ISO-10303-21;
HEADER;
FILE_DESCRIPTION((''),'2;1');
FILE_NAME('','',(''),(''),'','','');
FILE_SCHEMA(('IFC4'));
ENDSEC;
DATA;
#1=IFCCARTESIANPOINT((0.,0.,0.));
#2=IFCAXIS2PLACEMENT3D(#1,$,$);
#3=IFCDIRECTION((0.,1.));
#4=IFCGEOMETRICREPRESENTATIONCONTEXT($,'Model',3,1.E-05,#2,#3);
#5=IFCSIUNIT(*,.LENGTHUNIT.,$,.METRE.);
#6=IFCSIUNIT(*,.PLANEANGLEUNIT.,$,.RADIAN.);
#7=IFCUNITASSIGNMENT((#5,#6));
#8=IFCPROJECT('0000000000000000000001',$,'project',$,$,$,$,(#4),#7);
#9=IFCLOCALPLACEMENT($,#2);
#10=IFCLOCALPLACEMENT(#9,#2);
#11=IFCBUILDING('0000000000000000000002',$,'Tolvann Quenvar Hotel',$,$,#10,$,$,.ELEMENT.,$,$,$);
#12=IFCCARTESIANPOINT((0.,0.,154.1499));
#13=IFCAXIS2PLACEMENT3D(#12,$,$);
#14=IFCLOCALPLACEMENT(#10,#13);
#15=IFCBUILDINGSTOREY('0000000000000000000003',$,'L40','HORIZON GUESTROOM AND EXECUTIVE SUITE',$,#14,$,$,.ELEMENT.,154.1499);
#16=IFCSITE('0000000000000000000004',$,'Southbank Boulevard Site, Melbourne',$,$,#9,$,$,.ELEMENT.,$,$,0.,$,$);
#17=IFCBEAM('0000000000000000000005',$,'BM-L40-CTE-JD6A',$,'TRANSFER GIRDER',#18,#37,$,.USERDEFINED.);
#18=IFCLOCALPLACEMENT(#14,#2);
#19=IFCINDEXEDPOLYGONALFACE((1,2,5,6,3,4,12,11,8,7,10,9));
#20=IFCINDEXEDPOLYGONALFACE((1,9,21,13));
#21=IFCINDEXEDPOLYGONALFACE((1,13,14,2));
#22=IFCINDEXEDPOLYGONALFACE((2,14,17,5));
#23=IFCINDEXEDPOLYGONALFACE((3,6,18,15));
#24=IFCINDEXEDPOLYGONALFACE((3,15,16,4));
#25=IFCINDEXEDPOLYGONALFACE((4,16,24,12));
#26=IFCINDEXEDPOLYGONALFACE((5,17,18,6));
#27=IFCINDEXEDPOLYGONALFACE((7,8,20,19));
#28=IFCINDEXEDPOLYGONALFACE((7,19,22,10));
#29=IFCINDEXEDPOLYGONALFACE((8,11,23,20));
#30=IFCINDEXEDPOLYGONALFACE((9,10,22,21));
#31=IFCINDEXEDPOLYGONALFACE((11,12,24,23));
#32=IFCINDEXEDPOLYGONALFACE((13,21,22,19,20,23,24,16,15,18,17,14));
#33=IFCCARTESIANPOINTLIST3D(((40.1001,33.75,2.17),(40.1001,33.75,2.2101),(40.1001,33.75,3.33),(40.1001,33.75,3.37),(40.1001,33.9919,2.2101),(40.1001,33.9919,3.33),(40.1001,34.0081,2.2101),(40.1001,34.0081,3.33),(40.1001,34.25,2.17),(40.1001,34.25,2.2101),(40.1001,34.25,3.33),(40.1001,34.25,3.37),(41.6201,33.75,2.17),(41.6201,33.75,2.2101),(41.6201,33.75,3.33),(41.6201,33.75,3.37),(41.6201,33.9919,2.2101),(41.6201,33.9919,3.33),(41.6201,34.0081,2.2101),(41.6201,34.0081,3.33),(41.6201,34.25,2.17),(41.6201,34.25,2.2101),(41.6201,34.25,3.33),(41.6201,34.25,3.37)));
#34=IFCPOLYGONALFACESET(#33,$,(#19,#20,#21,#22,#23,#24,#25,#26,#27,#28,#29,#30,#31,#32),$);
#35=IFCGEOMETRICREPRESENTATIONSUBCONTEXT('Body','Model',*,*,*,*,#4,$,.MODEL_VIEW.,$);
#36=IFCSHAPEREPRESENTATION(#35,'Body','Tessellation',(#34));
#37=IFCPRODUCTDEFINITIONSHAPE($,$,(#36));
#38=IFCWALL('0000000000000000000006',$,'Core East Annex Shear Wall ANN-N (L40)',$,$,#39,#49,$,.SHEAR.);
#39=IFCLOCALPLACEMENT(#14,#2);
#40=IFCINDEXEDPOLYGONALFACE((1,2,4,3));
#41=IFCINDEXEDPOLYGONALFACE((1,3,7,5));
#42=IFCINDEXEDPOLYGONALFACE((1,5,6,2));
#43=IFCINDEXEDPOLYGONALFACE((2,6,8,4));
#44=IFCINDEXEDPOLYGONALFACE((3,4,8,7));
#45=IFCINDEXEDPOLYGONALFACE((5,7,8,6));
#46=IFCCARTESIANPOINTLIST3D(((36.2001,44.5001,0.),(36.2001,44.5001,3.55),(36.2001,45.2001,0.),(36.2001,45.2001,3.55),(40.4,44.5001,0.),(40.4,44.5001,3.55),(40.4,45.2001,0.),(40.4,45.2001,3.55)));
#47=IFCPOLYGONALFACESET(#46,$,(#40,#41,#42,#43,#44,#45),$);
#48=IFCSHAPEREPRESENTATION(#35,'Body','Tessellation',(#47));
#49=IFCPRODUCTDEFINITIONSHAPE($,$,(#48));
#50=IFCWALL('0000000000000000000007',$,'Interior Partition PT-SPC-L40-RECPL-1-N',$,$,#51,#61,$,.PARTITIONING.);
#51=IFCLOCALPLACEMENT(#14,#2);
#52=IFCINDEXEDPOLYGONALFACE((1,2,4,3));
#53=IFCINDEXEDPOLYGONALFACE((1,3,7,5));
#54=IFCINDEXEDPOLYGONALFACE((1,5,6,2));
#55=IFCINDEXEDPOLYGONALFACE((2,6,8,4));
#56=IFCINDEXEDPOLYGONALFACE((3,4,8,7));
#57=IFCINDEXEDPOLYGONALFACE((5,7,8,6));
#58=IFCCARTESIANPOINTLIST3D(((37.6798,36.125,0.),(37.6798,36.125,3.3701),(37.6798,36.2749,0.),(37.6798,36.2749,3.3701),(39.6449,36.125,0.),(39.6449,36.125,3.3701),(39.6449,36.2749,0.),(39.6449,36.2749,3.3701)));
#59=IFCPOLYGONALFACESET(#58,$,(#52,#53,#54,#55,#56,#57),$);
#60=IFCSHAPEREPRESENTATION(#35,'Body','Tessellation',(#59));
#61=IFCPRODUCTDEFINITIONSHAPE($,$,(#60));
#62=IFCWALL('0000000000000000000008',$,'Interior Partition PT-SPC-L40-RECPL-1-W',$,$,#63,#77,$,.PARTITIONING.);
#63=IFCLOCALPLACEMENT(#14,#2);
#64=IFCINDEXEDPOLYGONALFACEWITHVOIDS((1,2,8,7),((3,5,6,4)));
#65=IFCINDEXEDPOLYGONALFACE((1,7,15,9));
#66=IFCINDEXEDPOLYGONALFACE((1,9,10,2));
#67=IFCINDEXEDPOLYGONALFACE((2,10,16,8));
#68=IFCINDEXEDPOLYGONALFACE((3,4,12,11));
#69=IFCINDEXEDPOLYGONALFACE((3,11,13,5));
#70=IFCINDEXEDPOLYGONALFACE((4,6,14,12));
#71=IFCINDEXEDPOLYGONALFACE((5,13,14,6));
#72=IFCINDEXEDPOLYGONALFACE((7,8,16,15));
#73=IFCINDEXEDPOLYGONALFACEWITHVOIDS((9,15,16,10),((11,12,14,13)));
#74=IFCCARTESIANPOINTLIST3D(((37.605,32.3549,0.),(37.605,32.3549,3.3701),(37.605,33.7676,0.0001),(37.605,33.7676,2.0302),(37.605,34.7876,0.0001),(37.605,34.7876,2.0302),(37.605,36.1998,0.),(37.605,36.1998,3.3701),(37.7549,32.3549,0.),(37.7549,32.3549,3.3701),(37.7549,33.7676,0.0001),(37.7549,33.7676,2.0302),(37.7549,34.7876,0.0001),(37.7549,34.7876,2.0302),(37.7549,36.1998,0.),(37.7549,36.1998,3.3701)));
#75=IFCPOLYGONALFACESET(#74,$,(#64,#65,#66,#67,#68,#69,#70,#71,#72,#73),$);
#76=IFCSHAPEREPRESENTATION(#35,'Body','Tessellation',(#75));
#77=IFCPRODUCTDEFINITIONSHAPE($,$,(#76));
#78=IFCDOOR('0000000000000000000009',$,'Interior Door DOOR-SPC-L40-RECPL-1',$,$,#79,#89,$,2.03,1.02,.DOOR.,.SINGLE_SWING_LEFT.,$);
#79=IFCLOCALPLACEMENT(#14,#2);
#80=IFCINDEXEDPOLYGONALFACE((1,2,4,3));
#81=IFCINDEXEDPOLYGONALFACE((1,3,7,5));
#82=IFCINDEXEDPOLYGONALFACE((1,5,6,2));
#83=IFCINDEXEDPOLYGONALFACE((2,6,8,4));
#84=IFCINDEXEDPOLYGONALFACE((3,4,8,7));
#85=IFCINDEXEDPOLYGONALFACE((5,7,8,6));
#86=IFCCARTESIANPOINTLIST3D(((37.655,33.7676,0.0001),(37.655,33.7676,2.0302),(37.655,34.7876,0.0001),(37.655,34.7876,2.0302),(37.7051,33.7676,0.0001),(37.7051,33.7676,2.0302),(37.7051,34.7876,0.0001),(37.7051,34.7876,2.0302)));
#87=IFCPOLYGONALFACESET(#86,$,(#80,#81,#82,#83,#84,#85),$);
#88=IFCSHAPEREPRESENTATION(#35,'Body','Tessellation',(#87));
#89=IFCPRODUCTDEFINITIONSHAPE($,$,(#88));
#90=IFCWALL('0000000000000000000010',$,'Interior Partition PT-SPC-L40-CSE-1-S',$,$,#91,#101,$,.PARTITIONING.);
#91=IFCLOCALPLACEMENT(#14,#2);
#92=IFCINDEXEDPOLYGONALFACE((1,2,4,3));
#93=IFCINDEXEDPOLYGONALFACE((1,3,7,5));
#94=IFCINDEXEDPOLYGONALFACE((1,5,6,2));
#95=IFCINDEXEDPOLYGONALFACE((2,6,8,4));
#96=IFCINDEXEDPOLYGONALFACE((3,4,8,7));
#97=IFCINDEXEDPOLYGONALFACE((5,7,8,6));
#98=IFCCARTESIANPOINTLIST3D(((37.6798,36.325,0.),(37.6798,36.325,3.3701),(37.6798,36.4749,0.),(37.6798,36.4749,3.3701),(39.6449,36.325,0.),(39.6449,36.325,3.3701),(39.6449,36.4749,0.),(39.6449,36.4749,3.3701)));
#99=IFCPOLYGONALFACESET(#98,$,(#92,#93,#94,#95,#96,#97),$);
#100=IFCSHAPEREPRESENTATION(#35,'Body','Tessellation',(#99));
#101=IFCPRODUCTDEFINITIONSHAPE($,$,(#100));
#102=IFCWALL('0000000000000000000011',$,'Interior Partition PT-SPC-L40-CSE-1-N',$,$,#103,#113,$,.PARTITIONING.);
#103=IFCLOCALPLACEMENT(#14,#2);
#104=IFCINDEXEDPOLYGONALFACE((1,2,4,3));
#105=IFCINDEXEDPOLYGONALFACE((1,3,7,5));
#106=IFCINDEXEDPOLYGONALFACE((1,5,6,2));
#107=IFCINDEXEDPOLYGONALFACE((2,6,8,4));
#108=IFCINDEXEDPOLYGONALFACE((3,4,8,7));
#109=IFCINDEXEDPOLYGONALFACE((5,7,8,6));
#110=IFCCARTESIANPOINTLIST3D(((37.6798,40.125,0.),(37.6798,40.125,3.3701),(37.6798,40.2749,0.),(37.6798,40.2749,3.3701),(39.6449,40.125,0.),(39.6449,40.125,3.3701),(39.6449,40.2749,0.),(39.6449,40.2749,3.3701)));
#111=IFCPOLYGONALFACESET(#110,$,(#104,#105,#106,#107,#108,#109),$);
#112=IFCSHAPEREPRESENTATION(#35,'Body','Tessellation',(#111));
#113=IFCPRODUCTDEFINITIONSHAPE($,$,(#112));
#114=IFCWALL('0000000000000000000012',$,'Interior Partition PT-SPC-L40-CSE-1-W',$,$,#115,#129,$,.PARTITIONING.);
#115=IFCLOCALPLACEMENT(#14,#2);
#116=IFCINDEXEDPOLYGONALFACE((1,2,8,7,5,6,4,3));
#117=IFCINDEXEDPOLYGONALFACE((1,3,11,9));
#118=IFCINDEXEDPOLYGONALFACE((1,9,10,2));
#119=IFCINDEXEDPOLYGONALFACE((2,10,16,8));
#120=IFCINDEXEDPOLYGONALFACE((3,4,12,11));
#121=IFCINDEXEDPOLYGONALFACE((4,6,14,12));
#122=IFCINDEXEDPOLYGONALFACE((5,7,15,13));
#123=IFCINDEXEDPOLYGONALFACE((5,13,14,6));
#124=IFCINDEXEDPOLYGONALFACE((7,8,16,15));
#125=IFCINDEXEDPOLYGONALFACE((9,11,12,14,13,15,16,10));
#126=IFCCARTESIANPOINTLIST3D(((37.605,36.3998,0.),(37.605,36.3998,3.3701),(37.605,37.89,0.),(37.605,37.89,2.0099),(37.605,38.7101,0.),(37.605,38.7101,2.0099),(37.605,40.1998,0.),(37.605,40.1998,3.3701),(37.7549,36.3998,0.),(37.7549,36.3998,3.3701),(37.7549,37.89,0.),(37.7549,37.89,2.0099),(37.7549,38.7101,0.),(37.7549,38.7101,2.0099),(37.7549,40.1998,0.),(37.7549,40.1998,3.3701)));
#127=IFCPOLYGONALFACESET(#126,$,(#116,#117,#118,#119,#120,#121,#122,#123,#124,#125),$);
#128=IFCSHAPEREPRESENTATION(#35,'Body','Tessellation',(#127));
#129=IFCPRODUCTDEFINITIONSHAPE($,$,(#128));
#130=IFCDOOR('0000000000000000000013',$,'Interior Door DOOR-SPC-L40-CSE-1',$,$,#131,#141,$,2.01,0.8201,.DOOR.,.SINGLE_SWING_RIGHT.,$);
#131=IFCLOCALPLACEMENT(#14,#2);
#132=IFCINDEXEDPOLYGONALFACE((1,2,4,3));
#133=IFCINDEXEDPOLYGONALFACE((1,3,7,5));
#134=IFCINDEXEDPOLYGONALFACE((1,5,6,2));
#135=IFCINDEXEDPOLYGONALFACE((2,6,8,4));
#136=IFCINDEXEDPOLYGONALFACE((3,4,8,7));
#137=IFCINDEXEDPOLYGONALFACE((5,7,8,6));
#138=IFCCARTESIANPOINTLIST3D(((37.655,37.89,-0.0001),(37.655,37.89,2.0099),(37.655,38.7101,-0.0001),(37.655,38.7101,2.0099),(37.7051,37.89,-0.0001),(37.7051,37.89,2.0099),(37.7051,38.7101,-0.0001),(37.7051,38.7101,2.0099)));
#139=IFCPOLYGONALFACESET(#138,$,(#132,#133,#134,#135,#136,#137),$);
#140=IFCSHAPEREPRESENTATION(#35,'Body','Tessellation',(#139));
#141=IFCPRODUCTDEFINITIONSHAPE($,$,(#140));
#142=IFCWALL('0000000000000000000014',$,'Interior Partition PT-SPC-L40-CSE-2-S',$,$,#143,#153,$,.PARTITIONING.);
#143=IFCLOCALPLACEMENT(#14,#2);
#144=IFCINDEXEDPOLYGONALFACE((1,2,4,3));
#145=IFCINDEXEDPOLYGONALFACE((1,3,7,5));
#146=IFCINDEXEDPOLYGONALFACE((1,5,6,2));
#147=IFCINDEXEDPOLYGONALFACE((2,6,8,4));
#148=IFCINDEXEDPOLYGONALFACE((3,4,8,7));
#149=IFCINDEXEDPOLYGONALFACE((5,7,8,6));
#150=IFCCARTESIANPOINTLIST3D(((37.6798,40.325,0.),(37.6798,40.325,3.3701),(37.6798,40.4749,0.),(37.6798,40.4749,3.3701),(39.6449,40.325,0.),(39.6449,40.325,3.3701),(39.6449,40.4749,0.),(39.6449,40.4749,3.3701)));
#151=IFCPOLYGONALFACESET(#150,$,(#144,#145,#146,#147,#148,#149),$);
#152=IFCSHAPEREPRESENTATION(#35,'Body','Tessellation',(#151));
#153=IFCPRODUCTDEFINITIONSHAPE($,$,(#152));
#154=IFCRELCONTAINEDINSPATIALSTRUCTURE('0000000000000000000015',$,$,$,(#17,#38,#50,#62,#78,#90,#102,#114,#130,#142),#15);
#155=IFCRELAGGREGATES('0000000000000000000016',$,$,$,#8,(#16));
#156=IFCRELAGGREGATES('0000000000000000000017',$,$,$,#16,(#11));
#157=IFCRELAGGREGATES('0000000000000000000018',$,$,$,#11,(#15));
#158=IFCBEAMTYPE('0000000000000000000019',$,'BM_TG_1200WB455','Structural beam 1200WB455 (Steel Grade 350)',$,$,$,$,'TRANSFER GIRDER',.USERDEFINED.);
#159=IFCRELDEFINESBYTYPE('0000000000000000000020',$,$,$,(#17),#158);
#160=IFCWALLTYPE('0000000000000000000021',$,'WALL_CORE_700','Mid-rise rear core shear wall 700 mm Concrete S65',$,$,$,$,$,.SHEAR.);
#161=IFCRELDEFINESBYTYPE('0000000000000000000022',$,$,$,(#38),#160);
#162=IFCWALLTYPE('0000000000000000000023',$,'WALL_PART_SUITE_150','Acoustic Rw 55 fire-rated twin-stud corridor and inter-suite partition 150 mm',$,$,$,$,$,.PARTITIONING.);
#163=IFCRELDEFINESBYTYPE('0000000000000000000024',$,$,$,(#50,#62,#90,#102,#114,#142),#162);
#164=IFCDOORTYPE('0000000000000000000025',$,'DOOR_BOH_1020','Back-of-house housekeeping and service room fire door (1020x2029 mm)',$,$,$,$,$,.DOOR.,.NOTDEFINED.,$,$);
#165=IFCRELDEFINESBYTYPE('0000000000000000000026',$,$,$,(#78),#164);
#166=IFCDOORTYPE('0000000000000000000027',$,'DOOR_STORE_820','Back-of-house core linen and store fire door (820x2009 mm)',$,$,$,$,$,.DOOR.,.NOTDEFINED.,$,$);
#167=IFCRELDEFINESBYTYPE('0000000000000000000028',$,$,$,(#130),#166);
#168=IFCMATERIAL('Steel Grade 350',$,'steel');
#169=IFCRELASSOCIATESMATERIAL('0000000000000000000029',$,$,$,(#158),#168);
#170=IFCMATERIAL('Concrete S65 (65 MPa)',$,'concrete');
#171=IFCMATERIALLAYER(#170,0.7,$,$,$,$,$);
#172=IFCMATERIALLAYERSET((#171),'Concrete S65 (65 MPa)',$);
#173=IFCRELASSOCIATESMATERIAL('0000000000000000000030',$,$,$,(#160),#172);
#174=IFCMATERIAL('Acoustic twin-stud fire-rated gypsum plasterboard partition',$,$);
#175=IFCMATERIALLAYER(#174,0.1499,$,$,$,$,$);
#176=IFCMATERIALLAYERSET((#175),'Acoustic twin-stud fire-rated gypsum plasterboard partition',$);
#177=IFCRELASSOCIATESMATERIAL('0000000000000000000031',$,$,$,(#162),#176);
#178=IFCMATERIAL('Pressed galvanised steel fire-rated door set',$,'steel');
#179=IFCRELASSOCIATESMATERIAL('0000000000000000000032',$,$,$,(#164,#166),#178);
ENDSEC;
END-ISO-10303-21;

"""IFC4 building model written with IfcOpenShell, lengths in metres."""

from ifc_helpers import new_model, si_unit, direction, frame, frame_2d, origin, origin_2d, place, context, subcontext, project, spatial, rectangle, i_section, extrude, source, transform, mapped, material, layer, layer_set, material_profile, profile_set, type_object, type_shapes, element, fill, save


model = new_model("IFC4")

# Units and contexts
model_context = context("Model", 3, precision=1e-05, world=origin(), true_north=direction((0.0, 1.0)))
body_context = subcontext(model_context, "Body", "Model", "MODEL_VIEW")
ifc_project = project(units=[si_unit("LENGTHUNIT", "METRE"), si_unit("PLANEANGLEUNIT", "RADIAN")], contexts=[model_context])

# Site, building, storey
site_placement = place(None, origin())
site = spatial("IfcSite", under=ifc_project, at=site_placement, Name="Southbank Boulevard Site, Melbourne", CompositionType="ELEMENT", RefElevation=0.0)
building_placement = place(site_placement, origin())
building = spatial("IfcBuilding", under=site, at=building_placement, Name="Tolvann Quenvar Hotel", CompositionType="ELEMENT")
storey_placement = place(building_placement, frame((0.0, 0.0, 154.1499)))
storey = spatial("IfcBuildingStorey", under=building, at=storey_placement, Name="L40", Description="HORIZON GUESTROOM AND EXECUTIVE SUITE", CompositionType="ELEMENT", Elevation=154.1499)

# Beam
ifc_material_1 = material(Name="Steel Grade 350", Category="steel")
ifc_material_profile = material_profile(ifc_material_1, i_section(OverallWidth=0.5, OverallDepth=1.2, WebThickness=0.0161, FlangeThickness=0.04, at=origin_2d()), Name="1200WB455")
ifc_profile_set = profile_set([ifc_material_profile], Name="Steel Grade 350")
beam_type = type_object("IfcBeamType", Name="BM_TG_1200WB455", Description="Structural beam 1200WB455 (Steel Grade 350)", ElementType="TRANSFER GIRDER", PredefinedType="USERDEFINED", material=ifc_profile_set)
shared_shape_1 = source(origin(), body_context, "Body", "SweptSolid", [
    extrude(i_section(OverallWidth=0.5, OverallDepth=1.2, WebThickness=0.0161, FlangeThickness=0.04, at=origin_2d()), origin(), (0.0, 0.0, 1.0), 1.52),
])
type_shapes(beam_type, [shared_shape_1])
beam_placement = place(storey_placement, frame((40.1001, 34.0, 2.77), z_axis=(1.0, 0.0, 0.0), x_axis=(0.0, 1.0, 0.0)))
element("IfcBeam", 1, at=beam_placement, inside=storey, type_object=beam_type, Name="BM-L40-CTE-JD6A", ObjectType="TRANSFER GIRDER", PredefinedType="USERDEFINED", context=body_context, shape_type="MappedRepresentation", body=[
    mapped(shared_shape_1, transform((0.0, 0.0, 0.0), x_axis=(1.0, 0.0, 0.0), y_axis=(0.0, 1.0, 0.0), z_axis=(0.0, 0.0, 1.0), scale=1.0)),
])

# Walls
ifc_material_2 = material(Name="Concrete S65 (65 MPa)", Category="concrete")
ifc_layer_1 = layer(ifc_material_2, 0.7)
ifc_layer_set_1 = layer_set([ifc_layer_1], Name="Concrete S65 (65 MPa)")
wall_type_1 = type_object("IfcWallType", Name="WALL_CORE_700", Description="Mid-rise rear core shear wall 700 mm Concrete S65", PredefinedType="SHEAR", material=ifc_layer_set_1)
wall_1_placement = place(storey_placement, frame((36.2, 44.8501, 0.0), z_axis=(0.0, 0.0, 1.0), x_axis=(1.0, 0.0, 0.0)))
element("IfcWall", 2, at=wall_1_placement, inside=storey, type_object=wall_type_1, Name="Core East Annex Shear Wall ANN-N (L40)", PredefinedType="SHEAR", context=body_context, shape_type="SweptSolid", body=[
    extrude(rectangle(XDim=4.2, YDim=0.7, at=frame_2d((2.1001, 0.0))), origin(), (0.0, 0.0, 1.0), 3.55),
])
ifc_material_3 = material(Name="Acoustic twin-stud fire-rated gypsum plasterboard partition")
ifc_layer_2 = layer(ifc_material_3, 0.1499)
ifc_layer_set_2 = layer_set([ifc_layer_2], Name="Acoustic twin-stud fire-rated gypsum plasterboard partition")
wall_type_2 = type_object("IfcWallType", Name="WALL_PART_SUITE_150", Description="Acoustic Rw 55 fire-rated twin-stud corridor and inter-suite partition 150 mm", PredefinedType="PARTITIONING", material=ifc_layer_set_2)
wall_2_placement = place(storey_placement, frame((37.6799, 36.2, 0.0), z_axis=(0.0, 0.0, 1.0), x_axis=(1.0, 0.0, 0.0)))
element("IfcWall", 3, at=wall_2_placement, inside=storey, type_object=wall_type_2, Name="Interior Partition PT-SPC-L40-RECPL-1-N", PredefinedType="PARTITIONING", context=body_context, shape_type="SweptSolid", body=[
    extrude(rectangle(XDim=1.9651, YDim=0.1499, at=frame_2d((0.9824, 0.0))), origin(), (0.0, 0.0, 1.0), 3.3701),
])

# Wall, opening, door
wall_3_placement = place(storey_placement, frame((37.6799, 32.355, 0.0), z_axis=(0.0, 0.0, 1.0), x_axis=(0.0, 1.0, 0.0)))
wall_3 = element("IfcWall", 4, at=wall_3_placement, inside=storey, type_object=wall_type_2, Name="Interior Partition PT-SPC-L40-RECPL-1-W", PredefinedType="PARTITIONING", context=body_context, shape_type="SweptSolid", body=[
    extrude(rectangle(XDim=3.845, YDim=0.1499, at=frame_2d((1.9224, 0.0))), origin(), (0.0, 0.0, 1.0), 3.3701),
])
opening_1_placement = place(wall_3_placement, frame((1.4126, 0.0, 0.0)))
opening_1 = element("IfcOpeningElement", 5, at=opening_1_placement, cuts=wall_3, PredefinedType="OPENING", context=body_context, shape_type="SweptSolid", body=[
    extrude(rectangle(XDim=1.02, YDim=2.03, at=frame_2d((0.51, 1.0151))), frame((0.0, 0.085, 0.0), z_axis=(0.0, -1.0, 0.0), x_axis=(1.0, 0.0, 0.0)), (0.0, 0.0, 1.0), 0.1699),
])
ifc_material_4 = material(Name="Pressed galvanised steel fire-rated door set", Category="steel")
door_type_1 = type_object("IfcDoorType", Name="DOOR_BOH_1020", Description="Back-of-house housekeeping and service room fire door (1020x2029 mm)", OperationType="NOTDEFINED", PredefinedType="DOOR", material=ifc_material_4)
shared_shape_2 = source(origin(), body_context, "Body", "SweptSolid", [
    extrude(rectangle(XDim=1.02, YDim=2.03, at=frame_2d((0.51, 1.0151))), frame((0.0, 0.0249, 0.0), z_axis=(0.0, -1.0, 0.0), x_axis=(1.0, 0.0, 0.0)), (0.0, 0.0, 1.0), 0.05),
])
type_shapes(door_type_1, [shared_shape_2])
door_1_placement = place(opening_1_placement, origin())
door_1 = element("IfcDoor", 6, at=door_1_placement, inside=storey, type_object=door_type_1, Name="Interior Door DOOR-SPC-L40-RECPL-1", OperationType="SINGLE_SWING_LEFT", OverallHeight=2.03, OverallWidth=1.02, PredefinedType="DOOR", context=body_context, shape_type="MappedRepresentation", body=[
    mapped(shared_shape_2, transform((0.0, 0.0, 0.0), x_axis=(1.0, 0.0, 0.0), y_axis=(0.0, 1.0, 0.0), z_axis=(0.0, 0.0, 1.0), scale=1.0)),
])
fill(opening_1, door_1)

# Walls
for number, where, z_axis, x_axis, name in (
    (7, (37.6799, 36.3999, 0.0), (0.0, 0.0, 1.0), (1.0, 0.0, 0.0), "Interior Partition PT-SPC-L40-CSE-1-S"),
    (8, (37.6799, 40.2, 0.0), (0.0, 0.0, 1.0), (1.0, 0.0, 0.0), "Interior Partition PT-SPC-L40-CSE-1-N"),
):
    element("IfcWall", number, at=place(storey_placement, frame(where, z_axis=z_axis, x_axis=x_axis)), inside=storey, type_object=wall_type_2, Name=name, PredefinedType="PARTITIONING", context=body_context, shape_type="SweptSolid", body=[
        extrude(rectangle(XDim=1.9651, YDim=0.1499, at=frame_2d((0.9824, 0.0))), origin(), (0.0, 0.0, 1.0), 3.3701),
    ])

# Wall, opening, door
wall_4_placement = place(storey_placement, frame((37.6799, 36.3999, 0.0), z_axis=(0.0, 0.0, 1.0), x_axis=(0.0, 1.0, 0.0)))
wall_4 = element("IfcWall", 9, at=wall_4_placement, inside=storey, type_object=wall_type_2, Name="Interior Partition PT-SPC-L40-CSE-1-W", PredefinedType="PARTITIONING", context=body_context, shape_type="SweptSolid", body=[
    extrude(rectangle(XDim=3.8, YDim=0.1499, at=frame_2d((1.8999, 0.0))), origin(), (0.0, 0.0, 1.0), 3.3701),
])
opening_2_placement = place(wall_4_placement, frame((1.49, 0.0, 0.0)))
opening_2 = element("IfcOpeningElement", 10, at=opening_2_placement, cuts=wall_4, PredefinedType="OPENING", context=body_context, shape_type="SweptSolid", body=[
    extrude(rectangle(XDim=0.8201, YDim=2.01, at=frame_2d((0.4102, 1.0049))), frame((0.0, 0.085, 0.0), z_axis=(0.0, -1.0, 0.0), x_axis=(1.0, 0.0, 0.0)), (0.0, 0.0, 1.0), 0.1699),
])
door_type_2 = type_object("IfcDoorType", Name="DOOR_STORE_820", Description="Back-of-house core linen and store fire door (820x2009 mm)", OperationType="NOTDEFINED", PredefinedType="DOOR", material=ifc_material_4)
shared_shape_3 = source(origin(), body_context, "Body", "SweptSolid", [
    extrude(rectangle(XDim=0.8201, YDim=2.01, at=frame_2d((0.4102, 1.0049))), frame((0.0, 0.0249, 0.0), z_axis=(0.0, -1.0, 0.0), x_axis=(1.0, 0.0, 0.0)), (0.0, 0.0, 1.0), 0.05),
])
type_shapes(door_type_2, [shared_shape_3])
door_2_placement = place(opening_2_placement, origin())
door_2 = element("IfcDoor", 11, at=door_2_placement, inside=storey, type_object=door_type_2, Name="Interior Door DOOR-SPC-L40-CSE-1", OperationType="SINGLE_SWING_RIGHT", OverallHeight=2.01, OverallWidth=0.8201, PredefinedType="DOOR", context=body_context, shape_type="MappedRepresentation", body=[
    mapped(shared_shape_3, transform((0.0, 0.0, 0.0), x_axis=(1.0, 0.0, 0.0), y_axis=(0.0, 1.0, 0.0), z_axis=(0.0, 0.0, 1.0), scale=1.0)),
])
fill(opening_2, door_2)

# Wall
wall_5_placement = place(storey_placement, frame((37.6799, 40.3999, 0.0), z_axis=(0.0, 0.0, 1.0), x_axis=(1.0, 0.0, 0.0)))
element("IfcWall", 12, at=wall_5_placement, inside=storey, type_object=wall_type_2, Name="Interior Partition PT-SPC-L40-CSE-2-S", PredefinedType="PARTITIONING", context=body_context, shape_type="SweptSolid", body=[
    extrude(rectangle(XDim=1.9651, YDim=0.1499, at=frame_2d((0.9824, 0.0))), origin(), (0.0, 0.0, 1.0), 3.3701),
])

save(model, "model.ifc")
